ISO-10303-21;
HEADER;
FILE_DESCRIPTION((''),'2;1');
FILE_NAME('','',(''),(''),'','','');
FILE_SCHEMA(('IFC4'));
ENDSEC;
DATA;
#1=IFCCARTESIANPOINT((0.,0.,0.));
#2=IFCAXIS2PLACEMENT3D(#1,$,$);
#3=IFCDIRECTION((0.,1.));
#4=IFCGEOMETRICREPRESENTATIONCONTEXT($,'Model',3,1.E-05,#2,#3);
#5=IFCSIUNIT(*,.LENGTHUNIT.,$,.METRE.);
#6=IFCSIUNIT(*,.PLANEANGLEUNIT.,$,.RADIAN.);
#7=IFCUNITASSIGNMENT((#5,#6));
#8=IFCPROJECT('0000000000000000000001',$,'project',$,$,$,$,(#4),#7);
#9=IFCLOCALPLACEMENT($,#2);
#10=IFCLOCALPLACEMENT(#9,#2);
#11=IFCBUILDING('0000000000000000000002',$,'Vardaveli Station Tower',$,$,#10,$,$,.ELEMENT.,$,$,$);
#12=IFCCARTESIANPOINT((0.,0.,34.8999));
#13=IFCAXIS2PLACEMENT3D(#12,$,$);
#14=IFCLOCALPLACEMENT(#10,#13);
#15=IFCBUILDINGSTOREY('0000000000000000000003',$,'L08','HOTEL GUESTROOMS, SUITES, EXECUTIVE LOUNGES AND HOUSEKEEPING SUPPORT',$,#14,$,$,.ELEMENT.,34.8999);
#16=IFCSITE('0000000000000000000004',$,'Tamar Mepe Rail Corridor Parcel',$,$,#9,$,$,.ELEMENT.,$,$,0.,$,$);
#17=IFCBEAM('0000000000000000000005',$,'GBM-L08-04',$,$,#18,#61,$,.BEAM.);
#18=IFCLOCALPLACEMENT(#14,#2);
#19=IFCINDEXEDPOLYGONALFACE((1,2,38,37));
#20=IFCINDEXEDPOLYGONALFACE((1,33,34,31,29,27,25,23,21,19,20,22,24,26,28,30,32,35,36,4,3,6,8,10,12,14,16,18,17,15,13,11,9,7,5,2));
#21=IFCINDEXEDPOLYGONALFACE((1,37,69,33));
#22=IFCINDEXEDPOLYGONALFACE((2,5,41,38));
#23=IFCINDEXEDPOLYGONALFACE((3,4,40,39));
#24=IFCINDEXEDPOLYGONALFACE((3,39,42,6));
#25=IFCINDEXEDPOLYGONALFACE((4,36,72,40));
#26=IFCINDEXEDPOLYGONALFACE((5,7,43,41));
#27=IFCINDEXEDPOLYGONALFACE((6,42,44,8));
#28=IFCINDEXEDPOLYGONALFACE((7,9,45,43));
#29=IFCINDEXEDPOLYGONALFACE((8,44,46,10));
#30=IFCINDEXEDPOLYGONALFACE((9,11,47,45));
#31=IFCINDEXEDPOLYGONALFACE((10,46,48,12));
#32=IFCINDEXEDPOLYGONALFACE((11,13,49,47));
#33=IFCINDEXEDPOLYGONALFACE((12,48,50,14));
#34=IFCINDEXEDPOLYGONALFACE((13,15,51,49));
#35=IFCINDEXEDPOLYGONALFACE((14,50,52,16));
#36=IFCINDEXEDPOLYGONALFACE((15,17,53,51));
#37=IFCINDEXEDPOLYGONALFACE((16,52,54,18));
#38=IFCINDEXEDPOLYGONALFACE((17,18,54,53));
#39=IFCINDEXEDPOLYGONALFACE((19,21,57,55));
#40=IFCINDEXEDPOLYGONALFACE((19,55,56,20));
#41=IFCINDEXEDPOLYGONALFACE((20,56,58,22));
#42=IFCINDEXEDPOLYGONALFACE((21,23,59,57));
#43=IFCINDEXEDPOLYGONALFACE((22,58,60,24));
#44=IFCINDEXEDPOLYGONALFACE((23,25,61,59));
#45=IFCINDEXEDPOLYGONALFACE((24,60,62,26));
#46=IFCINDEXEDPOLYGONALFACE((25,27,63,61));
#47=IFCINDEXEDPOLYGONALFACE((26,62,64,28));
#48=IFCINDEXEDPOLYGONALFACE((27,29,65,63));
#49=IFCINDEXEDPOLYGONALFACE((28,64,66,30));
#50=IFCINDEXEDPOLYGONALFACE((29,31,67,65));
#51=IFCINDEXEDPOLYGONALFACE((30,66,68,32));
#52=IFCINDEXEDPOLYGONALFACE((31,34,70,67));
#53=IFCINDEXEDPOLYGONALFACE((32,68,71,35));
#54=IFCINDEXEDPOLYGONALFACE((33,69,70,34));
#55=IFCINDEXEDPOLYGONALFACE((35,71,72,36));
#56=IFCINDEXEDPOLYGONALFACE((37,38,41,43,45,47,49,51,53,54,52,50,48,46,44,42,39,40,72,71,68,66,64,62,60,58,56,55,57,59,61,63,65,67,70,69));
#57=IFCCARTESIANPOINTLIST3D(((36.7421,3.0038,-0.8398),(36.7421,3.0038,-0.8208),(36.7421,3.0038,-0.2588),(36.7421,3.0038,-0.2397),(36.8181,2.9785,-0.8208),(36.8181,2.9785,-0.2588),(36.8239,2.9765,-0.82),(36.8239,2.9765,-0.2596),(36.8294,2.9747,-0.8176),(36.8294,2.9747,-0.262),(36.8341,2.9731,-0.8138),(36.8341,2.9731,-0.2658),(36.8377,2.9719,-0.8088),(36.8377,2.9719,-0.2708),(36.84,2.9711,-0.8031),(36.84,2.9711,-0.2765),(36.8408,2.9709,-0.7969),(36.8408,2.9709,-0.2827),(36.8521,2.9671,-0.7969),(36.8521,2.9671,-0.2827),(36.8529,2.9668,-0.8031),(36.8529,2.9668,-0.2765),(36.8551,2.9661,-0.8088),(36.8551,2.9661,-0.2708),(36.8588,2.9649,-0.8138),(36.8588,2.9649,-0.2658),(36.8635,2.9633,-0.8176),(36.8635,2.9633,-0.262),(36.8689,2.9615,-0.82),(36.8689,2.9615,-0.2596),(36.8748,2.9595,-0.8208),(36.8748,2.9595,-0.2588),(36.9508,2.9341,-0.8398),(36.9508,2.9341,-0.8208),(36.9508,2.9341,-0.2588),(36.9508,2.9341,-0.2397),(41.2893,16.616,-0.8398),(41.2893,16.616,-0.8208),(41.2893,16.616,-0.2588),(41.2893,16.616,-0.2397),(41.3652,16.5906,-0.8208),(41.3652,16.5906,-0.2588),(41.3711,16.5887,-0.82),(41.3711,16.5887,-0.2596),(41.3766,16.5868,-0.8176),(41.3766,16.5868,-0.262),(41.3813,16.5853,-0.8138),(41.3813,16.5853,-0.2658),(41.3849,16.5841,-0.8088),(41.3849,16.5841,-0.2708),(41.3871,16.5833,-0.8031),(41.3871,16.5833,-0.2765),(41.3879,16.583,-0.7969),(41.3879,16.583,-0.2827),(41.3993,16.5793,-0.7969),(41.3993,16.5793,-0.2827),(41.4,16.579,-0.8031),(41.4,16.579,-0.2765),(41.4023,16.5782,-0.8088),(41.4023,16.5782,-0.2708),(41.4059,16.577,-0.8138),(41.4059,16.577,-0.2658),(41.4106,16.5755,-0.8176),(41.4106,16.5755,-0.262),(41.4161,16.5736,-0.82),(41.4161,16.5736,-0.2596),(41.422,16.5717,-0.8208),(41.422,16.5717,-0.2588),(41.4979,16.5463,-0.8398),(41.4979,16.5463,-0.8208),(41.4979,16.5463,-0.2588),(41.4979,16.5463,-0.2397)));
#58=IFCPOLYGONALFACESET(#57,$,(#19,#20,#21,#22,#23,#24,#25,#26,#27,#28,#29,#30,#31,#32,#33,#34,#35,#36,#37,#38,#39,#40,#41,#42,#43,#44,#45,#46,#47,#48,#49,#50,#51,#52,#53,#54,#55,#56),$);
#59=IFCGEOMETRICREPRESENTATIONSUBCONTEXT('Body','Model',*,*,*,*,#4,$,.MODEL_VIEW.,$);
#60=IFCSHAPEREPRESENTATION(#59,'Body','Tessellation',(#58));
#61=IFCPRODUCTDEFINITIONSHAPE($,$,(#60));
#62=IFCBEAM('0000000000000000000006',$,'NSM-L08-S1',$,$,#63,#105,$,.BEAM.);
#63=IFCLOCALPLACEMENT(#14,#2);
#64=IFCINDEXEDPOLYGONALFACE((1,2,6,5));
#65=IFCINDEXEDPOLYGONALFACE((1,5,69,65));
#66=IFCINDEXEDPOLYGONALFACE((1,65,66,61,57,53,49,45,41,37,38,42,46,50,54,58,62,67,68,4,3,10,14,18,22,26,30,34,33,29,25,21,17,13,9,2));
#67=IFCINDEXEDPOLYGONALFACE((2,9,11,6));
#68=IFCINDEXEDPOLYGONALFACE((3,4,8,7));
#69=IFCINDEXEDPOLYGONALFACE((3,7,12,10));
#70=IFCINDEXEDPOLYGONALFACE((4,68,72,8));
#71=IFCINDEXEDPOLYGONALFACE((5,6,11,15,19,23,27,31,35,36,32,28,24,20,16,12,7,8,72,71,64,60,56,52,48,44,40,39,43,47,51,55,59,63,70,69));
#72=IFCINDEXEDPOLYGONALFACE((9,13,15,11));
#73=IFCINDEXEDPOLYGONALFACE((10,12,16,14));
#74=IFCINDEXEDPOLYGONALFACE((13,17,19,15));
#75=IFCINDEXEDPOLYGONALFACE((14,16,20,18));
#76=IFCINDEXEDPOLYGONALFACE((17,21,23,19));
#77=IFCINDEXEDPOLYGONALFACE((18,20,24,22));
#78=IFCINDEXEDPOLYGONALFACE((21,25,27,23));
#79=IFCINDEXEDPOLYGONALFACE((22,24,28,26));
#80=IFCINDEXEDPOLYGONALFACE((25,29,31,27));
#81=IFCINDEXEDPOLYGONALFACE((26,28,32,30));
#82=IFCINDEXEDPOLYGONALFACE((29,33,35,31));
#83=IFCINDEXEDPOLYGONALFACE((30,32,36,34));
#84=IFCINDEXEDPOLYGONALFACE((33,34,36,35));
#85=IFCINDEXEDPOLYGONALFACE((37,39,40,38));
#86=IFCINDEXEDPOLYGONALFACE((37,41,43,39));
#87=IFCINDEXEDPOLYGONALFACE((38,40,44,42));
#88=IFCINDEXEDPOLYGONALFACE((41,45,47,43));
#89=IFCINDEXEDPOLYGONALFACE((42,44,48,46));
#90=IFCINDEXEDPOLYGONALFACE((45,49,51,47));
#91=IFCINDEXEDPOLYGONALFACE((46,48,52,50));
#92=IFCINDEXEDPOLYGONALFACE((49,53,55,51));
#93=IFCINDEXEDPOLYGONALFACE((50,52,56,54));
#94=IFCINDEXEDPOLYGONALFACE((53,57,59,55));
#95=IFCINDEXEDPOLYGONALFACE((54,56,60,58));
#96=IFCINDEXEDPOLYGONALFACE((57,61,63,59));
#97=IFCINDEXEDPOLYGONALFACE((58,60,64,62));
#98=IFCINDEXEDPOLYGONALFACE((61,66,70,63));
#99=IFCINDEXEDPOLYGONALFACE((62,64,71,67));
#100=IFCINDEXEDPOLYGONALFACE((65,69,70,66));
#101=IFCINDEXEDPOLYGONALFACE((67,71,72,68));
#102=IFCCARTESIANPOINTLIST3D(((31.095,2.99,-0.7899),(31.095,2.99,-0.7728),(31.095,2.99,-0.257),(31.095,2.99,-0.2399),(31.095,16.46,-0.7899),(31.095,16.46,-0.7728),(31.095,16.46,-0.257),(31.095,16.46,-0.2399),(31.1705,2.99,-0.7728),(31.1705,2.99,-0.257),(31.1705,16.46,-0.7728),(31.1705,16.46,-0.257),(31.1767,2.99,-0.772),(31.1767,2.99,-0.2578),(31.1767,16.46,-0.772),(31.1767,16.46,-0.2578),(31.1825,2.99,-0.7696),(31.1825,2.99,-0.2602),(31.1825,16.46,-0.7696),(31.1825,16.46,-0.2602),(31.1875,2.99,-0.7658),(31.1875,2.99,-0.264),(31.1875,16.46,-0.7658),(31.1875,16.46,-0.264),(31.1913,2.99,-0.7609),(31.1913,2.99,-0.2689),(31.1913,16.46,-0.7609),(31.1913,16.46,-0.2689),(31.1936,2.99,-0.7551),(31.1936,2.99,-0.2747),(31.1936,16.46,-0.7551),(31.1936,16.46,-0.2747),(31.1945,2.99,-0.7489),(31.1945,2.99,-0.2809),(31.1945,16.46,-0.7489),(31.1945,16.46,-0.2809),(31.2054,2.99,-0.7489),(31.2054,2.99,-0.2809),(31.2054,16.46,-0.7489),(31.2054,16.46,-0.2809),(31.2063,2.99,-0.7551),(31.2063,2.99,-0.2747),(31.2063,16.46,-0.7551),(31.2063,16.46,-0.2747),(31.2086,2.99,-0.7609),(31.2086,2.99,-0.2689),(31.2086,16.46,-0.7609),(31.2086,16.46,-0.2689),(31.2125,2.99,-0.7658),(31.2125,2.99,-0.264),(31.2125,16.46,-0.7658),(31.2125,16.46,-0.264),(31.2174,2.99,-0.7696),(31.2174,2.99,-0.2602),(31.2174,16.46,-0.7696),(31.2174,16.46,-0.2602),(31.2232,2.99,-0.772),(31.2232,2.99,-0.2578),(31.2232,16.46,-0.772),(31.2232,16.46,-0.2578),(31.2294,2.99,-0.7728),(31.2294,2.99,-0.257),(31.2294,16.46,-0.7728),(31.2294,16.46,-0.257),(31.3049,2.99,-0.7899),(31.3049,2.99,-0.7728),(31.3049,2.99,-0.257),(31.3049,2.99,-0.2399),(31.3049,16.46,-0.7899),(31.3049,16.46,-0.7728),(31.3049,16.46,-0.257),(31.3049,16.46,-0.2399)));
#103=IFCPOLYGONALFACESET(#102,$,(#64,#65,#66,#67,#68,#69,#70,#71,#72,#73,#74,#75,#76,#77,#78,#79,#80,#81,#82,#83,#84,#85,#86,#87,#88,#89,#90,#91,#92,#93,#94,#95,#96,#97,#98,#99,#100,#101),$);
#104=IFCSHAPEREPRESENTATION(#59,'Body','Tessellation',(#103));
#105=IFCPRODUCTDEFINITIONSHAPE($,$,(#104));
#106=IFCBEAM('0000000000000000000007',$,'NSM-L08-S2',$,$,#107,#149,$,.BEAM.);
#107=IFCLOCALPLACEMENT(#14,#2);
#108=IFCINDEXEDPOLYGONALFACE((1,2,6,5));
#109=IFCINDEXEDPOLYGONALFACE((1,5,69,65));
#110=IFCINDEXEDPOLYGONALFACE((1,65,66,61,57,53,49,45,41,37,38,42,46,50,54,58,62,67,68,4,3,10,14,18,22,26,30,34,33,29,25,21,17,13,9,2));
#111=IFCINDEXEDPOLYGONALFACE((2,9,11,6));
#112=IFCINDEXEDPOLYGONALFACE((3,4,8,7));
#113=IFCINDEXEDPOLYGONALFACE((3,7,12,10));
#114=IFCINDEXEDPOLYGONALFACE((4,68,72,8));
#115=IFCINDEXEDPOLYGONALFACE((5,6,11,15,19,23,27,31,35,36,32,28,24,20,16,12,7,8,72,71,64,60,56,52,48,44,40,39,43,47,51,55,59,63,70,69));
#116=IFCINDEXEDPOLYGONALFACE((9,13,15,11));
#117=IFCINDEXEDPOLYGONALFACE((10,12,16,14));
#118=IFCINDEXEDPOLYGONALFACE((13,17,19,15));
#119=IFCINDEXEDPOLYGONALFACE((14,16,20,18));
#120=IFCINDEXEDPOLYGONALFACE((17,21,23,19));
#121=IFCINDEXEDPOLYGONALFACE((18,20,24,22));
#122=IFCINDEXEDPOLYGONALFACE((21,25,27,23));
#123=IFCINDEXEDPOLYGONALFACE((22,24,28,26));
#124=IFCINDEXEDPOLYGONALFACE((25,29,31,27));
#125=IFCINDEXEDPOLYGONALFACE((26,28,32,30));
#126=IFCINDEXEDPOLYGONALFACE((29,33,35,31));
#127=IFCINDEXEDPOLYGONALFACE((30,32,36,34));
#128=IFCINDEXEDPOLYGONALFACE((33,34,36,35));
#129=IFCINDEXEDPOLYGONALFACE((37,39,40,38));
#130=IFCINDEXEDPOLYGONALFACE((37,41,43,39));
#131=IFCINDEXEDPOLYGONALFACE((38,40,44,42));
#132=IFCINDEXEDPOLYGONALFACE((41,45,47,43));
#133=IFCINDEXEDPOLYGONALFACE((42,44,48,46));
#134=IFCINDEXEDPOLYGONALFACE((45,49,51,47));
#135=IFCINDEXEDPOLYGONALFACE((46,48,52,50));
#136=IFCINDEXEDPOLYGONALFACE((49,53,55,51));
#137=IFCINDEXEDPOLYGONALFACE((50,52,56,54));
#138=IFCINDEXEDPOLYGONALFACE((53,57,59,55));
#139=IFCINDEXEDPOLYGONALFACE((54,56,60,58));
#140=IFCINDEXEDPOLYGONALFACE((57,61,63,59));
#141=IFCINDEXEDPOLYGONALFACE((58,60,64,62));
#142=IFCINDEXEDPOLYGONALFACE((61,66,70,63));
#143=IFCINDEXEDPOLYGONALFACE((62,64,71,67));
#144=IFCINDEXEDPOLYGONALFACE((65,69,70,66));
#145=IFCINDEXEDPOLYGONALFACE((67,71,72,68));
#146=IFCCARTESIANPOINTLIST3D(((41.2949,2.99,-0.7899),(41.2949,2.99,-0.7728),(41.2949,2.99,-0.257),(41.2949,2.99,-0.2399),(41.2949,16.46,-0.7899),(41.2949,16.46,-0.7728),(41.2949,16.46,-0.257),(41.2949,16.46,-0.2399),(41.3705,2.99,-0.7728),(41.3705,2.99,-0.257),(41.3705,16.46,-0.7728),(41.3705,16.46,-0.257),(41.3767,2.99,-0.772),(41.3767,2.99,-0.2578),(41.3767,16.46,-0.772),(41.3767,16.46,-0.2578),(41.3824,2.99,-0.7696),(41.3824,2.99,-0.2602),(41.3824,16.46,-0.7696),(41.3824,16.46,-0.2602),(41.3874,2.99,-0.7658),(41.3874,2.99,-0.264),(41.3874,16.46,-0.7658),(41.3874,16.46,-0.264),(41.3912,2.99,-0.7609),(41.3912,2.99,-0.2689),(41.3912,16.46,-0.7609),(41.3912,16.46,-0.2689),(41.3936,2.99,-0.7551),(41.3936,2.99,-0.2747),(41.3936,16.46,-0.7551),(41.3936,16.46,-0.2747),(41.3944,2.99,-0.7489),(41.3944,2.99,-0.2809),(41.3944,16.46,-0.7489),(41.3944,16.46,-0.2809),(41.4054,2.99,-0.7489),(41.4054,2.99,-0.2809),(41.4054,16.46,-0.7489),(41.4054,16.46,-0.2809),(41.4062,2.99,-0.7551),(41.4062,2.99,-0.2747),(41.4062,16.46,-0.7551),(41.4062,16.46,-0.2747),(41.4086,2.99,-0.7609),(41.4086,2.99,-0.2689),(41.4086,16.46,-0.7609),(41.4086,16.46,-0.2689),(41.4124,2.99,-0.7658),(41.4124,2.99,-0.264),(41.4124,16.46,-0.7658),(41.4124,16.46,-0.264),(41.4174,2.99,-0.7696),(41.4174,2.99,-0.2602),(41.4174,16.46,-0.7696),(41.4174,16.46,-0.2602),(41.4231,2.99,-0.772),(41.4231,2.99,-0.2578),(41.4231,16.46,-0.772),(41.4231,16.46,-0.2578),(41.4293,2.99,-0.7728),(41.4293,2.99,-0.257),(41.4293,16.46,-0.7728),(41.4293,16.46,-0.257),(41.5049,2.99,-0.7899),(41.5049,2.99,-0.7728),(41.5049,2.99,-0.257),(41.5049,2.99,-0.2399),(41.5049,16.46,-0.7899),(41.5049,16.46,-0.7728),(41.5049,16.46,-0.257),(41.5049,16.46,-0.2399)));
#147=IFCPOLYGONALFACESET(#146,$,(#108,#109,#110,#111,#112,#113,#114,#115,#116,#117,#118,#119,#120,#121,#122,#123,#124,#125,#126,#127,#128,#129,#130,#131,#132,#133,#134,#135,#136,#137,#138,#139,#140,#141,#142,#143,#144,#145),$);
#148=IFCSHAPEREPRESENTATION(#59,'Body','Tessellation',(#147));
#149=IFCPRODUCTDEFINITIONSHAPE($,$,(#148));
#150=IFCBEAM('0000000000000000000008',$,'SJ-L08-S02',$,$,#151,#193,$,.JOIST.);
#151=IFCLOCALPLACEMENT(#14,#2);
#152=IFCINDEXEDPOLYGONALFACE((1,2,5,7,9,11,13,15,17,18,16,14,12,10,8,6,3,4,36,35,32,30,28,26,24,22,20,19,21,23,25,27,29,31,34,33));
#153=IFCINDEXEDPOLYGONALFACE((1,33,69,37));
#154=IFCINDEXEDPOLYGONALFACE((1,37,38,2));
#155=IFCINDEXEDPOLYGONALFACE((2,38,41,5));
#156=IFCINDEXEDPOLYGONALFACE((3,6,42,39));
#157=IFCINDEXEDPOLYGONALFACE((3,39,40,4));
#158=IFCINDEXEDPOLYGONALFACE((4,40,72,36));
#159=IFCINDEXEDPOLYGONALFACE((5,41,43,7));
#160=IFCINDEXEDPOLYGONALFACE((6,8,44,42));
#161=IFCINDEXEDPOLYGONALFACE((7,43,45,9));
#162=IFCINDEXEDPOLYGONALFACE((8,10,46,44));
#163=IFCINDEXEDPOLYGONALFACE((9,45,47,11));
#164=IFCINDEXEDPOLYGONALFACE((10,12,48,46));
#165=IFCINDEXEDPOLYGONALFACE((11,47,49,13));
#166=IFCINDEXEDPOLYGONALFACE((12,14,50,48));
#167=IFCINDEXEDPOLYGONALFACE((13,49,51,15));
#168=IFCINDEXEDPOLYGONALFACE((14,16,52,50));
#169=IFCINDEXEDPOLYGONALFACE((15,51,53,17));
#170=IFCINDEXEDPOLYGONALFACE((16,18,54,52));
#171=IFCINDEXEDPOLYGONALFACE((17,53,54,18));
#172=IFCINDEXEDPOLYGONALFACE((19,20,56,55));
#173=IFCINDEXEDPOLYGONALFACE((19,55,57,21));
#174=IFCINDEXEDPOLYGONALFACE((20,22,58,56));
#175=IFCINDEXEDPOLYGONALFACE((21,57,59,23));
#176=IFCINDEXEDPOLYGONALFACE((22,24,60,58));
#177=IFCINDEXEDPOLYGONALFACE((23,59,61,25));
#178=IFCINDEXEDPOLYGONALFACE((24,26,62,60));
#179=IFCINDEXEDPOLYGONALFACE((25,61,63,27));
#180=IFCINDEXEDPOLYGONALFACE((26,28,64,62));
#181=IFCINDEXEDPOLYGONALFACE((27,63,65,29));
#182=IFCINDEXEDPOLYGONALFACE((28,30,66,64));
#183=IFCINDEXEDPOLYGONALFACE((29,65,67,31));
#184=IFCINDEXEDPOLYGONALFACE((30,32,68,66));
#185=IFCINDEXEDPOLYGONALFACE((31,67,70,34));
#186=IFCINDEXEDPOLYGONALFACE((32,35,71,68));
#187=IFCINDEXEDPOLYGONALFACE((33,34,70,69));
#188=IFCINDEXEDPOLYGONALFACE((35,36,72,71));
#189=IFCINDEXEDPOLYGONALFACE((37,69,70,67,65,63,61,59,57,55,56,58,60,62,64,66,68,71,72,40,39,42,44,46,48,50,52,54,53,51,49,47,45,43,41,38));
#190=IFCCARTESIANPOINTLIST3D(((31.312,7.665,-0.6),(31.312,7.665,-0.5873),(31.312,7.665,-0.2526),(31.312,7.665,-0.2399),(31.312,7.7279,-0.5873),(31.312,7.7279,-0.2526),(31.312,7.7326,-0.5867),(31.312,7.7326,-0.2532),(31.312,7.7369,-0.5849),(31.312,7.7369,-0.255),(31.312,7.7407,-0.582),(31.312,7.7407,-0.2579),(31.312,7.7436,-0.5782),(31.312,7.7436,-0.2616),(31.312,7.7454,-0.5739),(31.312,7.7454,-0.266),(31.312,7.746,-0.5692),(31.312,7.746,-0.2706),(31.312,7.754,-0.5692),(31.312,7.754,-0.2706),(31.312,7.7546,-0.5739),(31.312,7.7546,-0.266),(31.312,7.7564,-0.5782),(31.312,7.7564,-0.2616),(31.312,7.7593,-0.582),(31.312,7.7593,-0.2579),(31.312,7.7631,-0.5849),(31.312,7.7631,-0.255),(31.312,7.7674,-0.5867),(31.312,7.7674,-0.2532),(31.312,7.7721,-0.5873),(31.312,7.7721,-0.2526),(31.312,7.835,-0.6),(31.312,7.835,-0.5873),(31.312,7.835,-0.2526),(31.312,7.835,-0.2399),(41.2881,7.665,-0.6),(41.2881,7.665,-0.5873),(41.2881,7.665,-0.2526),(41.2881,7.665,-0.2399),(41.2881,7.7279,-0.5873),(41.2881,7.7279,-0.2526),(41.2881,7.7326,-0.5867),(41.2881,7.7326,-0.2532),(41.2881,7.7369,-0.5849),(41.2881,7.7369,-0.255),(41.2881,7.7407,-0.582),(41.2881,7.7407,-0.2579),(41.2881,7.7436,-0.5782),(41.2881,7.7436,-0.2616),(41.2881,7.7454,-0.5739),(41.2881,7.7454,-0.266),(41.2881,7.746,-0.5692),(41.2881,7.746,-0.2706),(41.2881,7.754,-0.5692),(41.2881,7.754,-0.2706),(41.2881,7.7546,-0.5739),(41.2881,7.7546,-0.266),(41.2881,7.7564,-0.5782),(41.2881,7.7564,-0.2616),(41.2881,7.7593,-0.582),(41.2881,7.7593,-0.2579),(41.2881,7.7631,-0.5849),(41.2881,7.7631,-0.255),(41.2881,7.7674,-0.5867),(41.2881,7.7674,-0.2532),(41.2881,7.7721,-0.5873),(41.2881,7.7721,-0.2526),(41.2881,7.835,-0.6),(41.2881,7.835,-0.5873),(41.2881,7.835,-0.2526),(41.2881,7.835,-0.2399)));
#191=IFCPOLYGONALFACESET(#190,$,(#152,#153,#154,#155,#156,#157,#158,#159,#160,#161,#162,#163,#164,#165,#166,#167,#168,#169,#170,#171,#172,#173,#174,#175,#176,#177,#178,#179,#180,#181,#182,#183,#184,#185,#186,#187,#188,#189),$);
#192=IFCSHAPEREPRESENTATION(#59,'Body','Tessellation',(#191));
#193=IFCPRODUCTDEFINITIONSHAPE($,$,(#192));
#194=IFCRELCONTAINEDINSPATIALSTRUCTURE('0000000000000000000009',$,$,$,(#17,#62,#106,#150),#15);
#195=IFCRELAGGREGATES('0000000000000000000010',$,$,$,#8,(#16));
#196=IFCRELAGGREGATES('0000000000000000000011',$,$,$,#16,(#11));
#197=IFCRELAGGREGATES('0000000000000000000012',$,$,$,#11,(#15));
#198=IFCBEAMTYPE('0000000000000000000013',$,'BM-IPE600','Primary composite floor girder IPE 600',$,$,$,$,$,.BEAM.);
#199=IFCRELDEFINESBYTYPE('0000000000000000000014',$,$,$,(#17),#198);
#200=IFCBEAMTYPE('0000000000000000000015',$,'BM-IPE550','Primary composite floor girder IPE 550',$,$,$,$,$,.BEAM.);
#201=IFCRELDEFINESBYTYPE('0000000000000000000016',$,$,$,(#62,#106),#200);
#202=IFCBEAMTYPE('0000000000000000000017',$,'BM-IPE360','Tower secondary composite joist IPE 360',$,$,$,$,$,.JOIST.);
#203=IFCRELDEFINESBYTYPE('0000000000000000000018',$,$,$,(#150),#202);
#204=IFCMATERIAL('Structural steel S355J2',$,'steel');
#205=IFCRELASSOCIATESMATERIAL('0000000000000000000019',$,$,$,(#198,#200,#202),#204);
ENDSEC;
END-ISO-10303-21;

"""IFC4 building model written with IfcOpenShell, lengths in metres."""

from ifc_helpers import new_model, si_unit, direction, frame, origin, origin_2d, place, context, subcontext, project, spatial, i_section, extrude, source, transform, mapped, material, material_profile, profile_set, type_object, element, save


model = new_model("IFC4")

# Units and contexts
model_context = context("Model", 3, precision=1e-05, world=origin(), true_north=direction((0.0, 1.0)))
body_context = subcontext(model_context, "Body", "Model", "MODEL_VIEW")
ifc_project = project(units=[si_unit("LENGTHUNIT", "METRE"), si_unit("PLANEANGLEUNIT", "RADIAN")], contexts=[model_context])

# Site, building, storey
site_placement = place(None, origin())
site = spatial("IfcSite", under=ifc_project, at=site_placement, Name="Tamar Mepe Rail Corridor Parcel", CompositionType="ELEMENT", RefElevation=0.0)
building_placement = place(site_placement, origin())
building = spatial("IfcBuilding", under=site, at=building_placement, Name="Vardaveli Station Tower", CompositionType="ELEMENT")
storey_placement = place(building_placement, frame((0.0, 0.0, 34.8999)))
storey = spatial("IfcBuildingStorey", under=building, at=storey_placement, Name="L08", Description="HOTEL GUESTROOMS, SUITES, EXECUTIVE LOUNGES AND HOUSEKEEPING SUPPORT", CompositionType="ELEMENT", Elevation=34.8999)

# Beams
ifc_material_1 = material(Name="Structural steel S355J2", Category="steel")
ifc_material_profile_1 = material_profile(ifc_material_1, i_section(OverallWidth=0.22, OverallDepth=0.6001, WebThickness=0.012, FlangeThickness=0.019, FilletRadius=0.0239, at=origin_2d()), Name="IPE 600")
ifc_profile_set_1 = profile_set([ifc_material_profile_1], Name="Structural steel S355J2")
beam_type_1 = type_object("IfcBeamType", Name="BM-IPE600", Description="Primary composite floor girder IPE 600", PredefinedType="BEAM", material=ifc_profile_set_1)
shared_shape_1 = source(origin(), body_context, "Body", "SweptSolid", [
    extrude(i_section(OverallWidth=0.22, OverallDepth=0.6001, WebThickness=0.012, FlangeThickness=0.019, FilletRadius=0.0239, at=origin_2d()), origin(), (0.0, 0.0, 1.0), 14.3516),
])
beam_1_placement = place(storey_placement, frame((36.8464, 2.969, -0.5398), z_axis=(0.31684, 0.948479, 0.0), x_axis=(-0.948479, 0.31684, 0.0)))
element("IfcBeam", 1, at=beam_1_placement, inside=storey, type_object=beam_type_1, Name="GBM-L08-04", PredefinedType="BEAM", context=body_context, shape_type="MappedRepresentation", body=[
    mapped(shared_shape_1, transform((0.0, 0.0, 0.0), scale=1.0)),
])
ifc_material_profile_2 = material_profile(ifc_material_1, i_section(OverallWidth=0.21, OverallDepth=0.55, WebThickness=0.011, FlangeThickness=0.0171, FilletRadius=0.0239, at=origin_2d()), Name="IPE 550")
ifc_profile_set_2 = profile_set([ifc_material_profile_2], Name="Structural steel S355J2")
beam_type_2 = type_object("IfcBeamType", Name="BM-IPE550", Description="Primary composite floor girder IPE 550", PredefinedType="BEAM", material=ifc_profile_set_2)
shared_shape_2 = source(origin(), body_context, "Body", "SweptSolid", [
    extrude(i_section(OverallWidth=0.21, OverallDepth=0.55, WebThickness=0.011, FlangeThickness=0.0171, FilletRadius=0.0239, at=origin_2d()), origin(), (0.0, 0.0, 1.0), 13.47),
])
for number, where, z_axis, x_axis, name in (
    (2, (31.2, 2.99, -0.5149), (0.0, 1.0, 0.0), (-1.0, 0.0, 0.0), "NSM-L08-S1"),
    (3, (41.3999, 2.99, -0.5149), (0.0, 1.0, 0.0), (-1.0, 0.0, 0.0), "NSM-L08-S2"),
):
    element("IfcBeam", number, at=place(storey_placement, frame(where, z_axis=z_axis, x_axis=x_axis)), inside=storey, type_object=beam_type_2, Name=name, PredefinedType="BEAM", context=body_context, shape_type="MappedRepresentation", body=[
        mapped(shared_shape_2, transform((0.0, 0.0, 0.0), scale=1.0)),
    ])
ifc_material_profile_3 = material_profile(ifc_material_1, i_section(OverallWidth=0.1699, OverallDepth=0.3601, WebThickness=0.0081, FlangeThickness=0.0127, FilletRadius=0.0181, at=origin_2d()), Name="IPE 360")
ifc_profile_set_3 = profile_set([ifc_material_profile_3], Name="Structural steel S355J2")
beam_type_3 = type_object("IfcBeamType", Name="BM-IPE360", Description="Tower secondary composite joist IPE 360", PredefinedType="JOIST", material=ifc_profile_set_3)
shared_shape_3 = source(origin(), body_context, "Body", "SweptSolid", [
    extrude(i_section(OverallWidth=0.1699, OverallDepth=0.3601, WebThickness=0.0081, FlangeThickness=0.0127, FilletRadius=0.0181, at=origin_2d()), origin(), (0.0, 0.0, 1.0), 9.9761),
])
for number, where, z_axis, x_axis, name in (
    (4, (31.312, 7.75, -0.4199), (1.0, 0.0, 0.0), (0.0, 1.0, 0.0), "SJ-L08-S02"),
):
    element("IfcBeam", number, at=place(storey_placement, frame(where, z_axis=z_axis, x_axis=x_axis)), inside=storey, type_object=beam_type_3, Name=name, PredefinedType="JOIST", context=body_context, shape_type="MappedRepresentation", body=[
        mapped(shared_shape_3, transform((0.0, 0.0, 0.0), scale=1.0)),
    ])

save(model, "model.ifc")
